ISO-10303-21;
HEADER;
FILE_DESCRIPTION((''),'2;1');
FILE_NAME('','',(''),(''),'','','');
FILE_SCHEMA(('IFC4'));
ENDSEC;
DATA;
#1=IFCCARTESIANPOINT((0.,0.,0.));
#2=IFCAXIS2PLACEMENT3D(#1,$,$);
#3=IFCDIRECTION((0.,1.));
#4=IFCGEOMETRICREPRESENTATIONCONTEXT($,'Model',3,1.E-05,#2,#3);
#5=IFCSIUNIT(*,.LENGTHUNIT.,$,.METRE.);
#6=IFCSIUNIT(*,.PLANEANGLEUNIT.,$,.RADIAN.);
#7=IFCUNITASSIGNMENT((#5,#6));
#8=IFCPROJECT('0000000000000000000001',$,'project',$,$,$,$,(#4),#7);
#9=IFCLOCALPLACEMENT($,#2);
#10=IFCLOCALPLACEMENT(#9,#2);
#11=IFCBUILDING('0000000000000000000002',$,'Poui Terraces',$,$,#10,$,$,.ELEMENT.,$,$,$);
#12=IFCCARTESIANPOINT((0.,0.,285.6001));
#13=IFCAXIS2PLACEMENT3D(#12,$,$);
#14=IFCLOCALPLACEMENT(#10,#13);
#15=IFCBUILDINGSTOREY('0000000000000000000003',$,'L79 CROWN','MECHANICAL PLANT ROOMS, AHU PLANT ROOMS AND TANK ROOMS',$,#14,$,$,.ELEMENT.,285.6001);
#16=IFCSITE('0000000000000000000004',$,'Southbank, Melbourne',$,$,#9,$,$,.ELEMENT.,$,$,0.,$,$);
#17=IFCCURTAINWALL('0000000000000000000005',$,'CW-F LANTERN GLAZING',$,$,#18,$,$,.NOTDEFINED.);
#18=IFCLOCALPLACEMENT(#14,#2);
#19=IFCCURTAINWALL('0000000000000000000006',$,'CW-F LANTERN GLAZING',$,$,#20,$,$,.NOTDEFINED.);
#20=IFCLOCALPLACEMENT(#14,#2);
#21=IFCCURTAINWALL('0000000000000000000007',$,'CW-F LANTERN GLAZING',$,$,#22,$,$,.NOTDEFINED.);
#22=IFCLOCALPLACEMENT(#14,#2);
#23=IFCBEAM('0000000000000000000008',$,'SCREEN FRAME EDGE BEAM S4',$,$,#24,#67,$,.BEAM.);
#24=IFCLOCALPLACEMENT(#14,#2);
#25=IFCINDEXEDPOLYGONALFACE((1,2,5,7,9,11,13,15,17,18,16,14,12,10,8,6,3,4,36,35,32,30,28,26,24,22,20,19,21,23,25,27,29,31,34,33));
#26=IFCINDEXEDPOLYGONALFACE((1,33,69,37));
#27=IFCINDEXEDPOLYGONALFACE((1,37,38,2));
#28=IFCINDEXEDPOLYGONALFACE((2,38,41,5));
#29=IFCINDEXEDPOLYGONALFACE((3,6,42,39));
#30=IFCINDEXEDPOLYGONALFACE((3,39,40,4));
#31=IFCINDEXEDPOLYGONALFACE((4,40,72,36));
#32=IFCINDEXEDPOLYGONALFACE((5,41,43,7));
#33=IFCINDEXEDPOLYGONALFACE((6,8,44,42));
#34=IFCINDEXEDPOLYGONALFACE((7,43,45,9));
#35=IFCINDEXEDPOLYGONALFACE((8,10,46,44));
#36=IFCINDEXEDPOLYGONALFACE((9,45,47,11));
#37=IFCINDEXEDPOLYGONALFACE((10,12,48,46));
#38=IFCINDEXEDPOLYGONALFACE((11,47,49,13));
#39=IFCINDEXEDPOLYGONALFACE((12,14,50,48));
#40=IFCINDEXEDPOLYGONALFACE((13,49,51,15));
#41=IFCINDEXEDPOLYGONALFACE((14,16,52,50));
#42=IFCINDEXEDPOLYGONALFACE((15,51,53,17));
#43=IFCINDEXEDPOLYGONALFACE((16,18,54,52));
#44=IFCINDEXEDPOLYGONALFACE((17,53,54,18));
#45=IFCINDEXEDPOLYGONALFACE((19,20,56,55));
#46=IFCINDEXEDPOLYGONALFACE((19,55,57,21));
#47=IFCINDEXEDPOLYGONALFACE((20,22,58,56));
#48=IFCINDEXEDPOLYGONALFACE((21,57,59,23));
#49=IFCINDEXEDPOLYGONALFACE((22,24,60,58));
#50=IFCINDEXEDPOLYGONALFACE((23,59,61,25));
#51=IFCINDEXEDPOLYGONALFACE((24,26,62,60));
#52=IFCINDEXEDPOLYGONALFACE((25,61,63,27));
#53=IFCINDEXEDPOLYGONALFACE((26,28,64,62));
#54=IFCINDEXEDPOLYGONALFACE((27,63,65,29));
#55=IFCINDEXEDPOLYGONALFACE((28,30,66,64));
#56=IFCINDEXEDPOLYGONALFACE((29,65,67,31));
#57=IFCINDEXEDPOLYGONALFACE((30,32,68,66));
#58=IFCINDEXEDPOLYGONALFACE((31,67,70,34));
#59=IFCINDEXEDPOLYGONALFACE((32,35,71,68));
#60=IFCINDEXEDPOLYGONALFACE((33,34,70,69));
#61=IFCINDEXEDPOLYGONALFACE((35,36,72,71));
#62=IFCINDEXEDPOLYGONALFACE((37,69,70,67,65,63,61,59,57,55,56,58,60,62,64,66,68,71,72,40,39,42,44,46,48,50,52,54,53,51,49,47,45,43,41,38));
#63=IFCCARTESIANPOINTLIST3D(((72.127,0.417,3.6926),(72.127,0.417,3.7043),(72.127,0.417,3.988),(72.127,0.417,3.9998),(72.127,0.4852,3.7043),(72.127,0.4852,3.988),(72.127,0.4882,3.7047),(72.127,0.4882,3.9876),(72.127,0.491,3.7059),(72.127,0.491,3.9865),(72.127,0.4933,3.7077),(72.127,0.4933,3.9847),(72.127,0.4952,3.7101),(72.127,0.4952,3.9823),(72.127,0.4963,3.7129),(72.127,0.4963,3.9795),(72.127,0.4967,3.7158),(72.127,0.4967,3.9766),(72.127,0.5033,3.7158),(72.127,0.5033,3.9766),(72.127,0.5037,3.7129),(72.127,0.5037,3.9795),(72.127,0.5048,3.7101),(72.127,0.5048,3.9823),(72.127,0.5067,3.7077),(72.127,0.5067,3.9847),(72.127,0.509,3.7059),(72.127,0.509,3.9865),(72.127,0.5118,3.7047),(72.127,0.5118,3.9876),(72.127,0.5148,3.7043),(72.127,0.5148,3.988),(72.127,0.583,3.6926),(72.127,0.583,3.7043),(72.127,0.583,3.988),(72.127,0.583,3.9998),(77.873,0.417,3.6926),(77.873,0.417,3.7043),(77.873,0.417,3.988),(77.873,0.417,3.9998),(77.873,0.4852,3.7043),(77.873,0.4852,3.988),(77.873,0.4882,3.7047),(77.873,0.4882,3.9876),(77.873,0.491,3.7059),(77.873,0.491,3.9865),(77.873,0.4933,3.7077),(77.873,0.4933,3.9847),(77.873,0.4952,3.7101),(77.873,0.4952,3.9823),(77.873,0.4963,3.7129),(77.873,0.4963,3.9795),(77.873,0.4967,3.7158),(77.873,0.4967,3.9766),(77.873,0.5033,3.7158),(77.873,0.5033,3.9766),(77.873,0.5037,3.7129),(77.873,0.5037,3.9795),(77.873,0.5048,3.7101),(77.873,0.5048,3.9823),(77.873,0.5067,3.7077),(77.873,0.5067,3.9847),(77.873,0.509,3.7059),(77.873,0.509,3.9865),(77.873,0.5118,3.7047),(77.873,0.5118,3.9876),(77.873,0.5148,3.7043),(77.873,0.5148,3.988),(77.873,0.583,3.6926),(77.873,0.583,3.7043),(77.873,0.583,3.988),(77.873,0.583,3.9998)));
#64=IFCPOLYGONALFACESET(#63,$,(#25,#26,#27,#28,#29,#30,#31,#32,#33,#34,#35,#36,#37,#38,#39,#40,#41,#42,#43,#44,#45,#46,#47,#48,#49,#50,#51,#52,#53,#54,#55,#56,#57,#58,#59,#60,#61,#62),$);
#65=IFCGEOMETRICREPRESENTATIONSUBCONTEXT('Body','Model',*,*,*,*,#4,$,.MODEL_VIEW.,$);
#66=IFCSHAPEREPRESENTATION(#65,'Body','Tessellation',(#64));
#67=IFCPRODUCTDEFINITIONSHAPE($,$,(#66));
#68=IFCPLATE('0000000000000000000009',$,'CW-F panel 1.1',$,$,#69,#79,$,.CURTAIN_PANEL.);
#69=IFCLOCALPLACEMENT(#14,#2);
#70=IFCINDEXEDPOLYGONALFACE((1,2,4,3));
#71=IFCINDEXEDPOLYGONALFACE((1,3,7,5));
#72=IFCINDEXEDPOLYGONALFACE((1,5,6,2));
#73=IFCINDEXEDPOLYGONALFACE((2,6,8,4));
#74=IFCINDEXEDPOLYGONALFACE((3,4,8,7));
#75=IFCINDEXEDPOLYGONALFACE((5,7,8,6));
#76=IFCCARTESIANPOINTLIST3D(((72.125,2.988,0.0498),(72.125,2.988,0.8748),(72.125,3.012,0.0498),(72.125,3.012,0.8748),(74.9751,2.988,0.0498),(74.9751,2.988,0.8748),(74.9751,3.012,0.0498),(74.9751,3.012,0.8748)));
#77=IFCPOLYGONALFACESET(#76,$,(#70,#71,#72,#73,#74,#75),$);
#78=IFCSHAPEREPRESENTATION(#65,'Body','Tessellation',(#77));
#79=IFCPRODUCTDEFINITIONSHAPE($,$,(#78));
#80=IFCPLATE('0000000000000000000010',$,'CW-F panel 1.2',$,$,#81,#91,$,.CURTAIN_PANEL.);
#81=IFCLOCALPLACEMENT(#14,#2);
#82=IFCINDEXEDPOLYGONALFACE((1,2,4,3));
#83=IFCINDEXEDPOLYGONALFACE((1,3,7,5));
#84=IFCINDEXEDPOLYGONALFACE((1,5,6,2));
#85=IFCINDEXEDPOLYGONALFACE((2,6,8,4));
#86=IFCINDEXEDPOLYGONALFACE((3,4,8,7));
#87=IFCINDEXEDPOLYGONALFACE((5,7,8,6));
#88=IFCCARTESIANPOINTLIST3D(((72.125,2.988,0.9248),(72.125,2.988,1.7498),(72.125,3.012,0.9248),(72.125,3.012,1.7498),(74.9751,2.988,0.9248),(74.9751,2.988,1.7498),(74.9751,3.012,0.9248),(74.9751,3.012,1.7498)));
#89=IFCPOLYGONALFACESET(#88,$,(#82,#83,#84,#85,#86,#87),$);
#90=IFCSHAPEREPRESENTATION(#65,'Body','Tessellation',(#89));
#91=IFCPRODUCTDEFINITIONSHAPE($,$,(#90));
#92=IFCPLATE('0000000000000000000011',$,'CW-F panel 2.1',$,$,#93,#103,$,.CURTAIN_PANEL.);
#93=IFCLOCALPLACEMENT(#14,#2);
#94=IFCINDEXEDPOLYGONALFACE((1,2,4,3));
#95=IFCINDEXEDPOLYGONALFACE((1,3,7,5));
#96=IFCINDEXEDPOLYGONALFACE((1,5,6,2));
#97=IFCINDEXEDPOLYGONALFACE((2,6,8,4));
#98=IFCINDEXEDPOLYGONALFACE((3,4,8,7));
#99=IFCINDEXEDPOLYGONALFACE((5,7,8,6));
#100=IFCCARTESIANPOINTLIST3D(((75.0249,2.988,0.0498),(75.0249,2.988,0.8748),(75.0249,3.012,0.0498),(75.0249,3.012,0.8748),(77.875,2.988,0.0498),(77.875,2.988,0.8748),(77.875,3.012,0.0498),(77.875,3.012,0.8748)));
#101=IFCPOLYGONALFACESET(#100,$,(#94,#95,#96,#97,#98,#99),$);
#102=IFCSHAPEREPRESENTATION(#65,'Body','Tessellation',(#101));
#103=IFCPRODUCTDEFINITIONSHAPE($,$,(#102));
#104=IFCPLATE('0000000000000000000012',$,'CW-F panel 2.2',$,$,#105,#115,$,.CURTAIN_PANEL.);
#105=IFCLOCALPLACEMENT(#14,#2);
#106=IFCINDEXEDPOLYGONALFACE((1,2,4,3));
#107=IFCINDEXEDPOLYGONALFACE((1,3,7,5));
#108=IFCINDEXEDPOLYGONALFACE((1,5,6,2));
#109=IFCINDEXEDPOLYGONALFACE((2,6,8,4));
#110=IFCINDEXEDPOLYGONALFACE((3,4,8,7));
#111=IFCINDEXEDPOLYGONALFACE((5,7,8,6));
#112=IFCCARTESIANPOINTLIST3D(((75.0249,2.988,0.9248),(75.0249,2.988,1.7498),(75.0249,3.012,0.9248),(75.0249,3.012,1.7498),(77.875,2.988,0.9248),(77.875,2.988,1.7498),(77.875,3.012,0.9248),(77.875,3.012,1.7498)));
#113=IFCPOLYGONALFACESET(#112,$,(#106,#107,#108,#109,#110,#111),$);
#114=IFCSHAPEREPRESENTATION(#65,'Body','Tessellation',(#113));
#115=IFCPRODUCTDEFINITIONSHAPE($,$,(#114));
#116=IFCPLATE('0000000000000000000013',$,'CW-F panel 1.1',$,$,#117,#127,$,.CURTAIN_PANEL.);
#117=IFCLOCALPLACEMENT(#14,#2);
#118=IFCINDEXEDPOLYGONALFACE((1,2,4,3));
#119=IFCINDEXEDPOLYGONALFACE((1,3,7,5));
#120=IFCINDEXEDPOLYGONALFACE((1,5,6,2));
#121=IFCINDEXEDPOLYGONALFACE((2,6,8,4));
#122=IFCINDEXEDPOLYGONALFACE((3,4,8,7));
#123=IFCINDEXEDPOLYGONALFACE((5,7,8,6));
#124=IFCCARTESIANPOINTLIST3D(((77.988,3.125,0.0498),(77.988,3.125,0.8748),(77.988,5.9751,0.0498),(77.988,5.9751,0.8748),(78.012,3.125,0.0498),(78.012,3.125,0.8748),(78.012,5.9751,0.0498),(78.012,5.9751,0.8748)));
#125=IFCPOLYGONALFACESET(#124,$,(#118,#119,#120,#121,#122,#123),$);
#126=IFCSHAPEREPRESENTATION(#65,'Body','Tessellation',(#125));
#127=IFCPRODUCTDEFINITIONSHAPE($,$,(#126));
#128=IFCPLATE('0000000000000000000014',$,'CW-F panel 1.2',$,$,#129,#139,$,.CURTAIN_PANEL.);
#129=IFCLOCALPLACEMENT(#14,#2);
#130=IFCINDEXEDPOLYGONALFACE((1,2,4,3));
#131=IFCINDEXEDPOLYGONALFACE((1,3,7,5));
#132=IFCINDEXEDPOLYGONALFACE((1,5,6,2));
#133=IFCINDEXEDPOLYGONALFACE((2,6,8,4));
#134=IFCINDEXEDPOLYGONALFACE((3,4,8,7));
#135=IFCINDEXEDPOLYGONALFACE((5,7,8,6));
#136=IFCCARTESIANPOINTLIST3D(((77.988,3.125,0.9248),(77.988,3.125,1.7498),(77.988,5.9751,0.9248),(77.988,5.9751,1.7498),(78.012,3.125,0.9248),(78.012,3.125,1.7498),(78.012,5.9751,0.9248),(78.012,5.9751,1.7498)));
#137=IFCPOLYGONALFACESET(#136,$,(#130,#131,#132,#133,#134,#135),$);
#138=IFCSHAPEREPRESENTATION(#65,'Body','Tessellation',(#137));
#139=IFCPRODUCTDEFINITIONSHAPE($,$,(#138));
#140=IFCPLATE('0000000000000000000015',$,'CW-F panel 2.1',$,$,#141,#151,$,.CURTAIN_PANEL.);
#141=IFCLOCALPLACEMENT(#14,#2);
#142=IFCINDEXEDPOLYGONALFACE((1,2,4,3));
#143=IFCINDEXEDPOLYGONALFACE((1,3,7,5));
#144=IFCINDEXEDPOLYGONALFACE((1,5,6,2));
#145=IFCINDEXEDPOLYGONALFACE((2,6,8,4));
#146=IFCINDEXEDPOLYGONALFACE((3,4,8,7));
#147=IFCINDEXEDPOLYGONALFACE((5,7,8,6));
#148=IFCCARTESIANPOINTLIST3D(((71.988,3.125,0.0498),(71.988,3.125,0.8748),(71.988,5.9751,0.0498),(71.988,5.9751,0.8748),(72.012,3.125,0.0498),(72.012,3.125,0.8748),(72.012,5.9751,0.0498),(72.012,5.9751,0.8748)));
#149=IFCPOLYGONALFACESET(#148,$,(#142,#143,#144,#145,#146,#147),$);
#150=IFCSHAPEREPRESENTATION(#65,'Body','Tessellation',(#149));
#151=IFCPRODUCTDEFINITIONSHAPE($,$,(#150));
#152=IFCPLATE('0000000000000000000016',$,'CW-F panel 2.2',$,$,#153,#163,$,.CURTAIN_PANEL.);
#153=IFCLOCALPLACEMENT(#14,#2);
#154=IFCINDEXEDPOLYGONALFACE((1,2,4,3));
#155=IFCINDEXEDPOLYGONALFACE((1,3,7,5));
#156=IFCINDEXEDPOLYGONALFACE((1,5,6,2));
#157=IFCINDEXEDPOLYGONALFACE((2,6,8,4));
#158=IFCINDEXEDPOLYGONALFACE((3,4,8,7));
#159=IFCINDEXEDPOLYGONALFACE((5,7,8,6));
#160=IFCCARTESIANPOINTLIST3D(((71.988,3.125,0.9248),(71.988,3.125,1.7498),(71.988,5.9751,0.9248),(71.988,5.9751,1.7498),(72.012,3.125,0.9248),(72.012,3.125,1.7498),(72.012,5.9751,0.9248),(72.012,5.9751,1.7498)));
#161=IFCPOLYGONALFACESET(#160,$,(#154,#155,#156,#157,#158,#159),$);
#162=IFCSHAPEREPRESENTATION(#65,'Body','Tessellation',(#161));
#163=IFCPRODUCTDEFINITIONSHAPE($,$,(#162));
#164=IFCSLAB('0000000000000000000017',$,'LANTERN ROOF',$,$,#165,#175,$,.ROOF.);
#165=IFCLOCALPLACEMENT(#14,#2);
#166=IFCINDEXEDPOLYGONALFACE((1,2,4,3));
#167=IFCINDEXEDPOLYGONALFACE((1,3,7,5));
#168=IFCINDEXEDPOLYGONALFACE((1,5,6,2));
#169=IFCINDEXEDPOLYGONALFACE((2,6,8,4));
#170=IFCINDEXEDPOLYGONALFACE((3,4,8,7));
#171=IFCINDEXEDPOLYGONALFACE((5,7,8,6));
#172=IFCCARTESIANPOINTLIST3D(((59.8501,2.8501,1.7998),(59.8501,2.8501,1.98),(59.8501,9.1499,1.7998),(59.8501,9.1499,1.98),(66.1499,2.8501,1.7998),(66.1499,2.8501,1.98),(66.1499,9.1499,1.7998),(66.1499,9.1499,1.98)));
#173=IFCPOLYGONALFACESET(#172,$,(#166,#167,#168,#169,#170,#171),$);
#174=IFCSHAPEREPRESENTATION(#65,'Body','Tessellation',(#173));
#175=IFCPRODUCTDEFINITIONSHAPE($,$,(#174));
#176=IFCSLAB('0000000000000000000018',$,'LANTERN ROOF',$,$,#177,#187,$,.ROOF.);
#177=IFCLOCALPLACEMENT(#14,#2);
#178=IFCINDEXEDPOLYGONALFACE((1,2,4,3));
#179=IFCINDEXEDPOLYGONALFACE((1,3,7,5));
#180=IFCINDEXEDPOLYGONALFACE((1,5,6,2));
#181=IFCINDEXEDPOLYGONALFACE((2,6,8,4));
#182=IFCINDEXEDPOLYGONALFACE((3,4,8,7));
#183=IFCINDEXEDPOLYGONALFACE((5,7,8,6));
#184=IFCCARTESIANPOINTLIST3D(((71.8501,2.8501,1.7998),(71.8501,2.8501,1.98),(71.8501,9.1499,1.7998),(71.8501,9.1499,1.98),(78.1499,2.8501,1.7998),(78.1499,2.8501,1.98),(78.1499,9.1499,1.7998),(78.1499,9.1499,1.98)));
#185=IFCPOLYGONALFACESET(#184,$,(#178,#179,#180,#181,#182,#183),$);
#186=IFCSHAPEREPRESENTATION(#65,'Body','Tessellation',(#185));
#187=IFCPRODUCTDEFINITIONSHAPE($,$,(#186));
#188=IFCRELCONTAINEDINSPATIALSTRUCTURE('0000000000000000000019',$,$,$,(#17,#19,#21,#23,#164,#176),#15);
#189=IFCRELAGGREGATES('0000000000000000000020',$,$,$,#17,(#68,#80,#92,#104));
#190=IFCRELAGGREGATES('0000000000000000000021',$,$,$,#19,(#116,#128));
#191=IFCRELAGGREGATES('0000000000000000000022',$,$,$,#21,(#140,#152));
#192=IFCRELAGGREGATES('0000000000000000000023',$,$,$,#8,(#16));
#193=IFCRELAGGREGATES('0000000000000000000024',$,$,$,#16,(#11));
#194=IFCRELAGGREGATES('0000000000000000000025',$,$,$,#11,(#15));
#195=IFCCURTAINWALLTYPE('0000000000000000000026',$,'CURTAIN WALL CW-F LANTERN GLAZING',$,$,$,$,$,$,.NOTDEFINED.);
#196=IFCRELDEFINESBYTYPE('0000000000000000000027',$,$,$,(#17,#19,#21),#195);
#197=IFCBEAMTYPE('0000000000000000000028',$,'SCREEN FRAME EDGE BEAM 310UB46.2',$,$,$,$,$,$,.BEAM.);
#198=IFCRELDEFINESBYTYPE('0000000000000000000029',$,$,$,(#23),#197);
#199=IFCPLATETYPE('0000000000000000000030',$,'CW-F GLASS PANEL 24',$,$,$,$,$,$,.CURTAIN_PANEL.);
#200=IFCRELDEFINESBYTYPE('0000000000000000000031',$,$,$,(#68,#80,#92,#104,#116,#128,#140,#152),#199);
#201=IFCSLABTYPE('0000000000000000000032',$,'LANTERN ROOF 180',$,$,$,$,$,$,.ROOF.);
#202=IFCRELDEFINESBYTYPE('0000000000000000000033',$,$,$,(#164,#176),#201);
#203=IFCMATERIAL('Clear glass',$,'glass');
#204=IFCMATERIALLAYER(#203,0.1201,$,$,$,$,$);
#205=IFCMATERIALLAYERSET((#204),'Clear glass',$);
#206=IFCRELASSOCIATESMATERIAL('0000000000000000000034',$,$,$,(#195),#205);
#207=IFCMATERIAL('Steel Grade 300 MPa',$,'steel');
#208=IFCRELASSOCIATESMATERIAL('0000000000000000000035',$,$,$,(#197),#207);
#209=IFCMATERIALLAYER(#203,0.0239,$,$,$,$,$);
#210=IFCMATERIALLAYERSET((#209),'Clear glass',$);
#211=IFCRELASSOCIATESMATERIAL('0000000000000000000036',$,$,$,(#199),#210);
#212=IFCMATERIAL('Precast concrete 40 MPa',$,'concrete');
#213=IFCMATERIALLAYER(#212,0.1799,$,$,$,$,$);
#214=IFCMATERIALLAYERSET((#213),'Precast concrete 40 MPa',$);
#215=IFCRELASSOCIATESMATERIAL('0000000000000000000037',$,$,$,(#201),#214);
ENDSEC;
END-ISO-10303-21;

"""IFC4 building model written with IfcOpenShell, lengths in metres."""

from ifc_helpers import new_model, si_unit, direction, frame, origin, origin_2d, place, context, subcontext, project, spatial, polyline, rectangle, i_section, outline, extrude, source, transform, mapped, material, layer, layer_set, material_profile, profile_set, type_object, element, aggregate, save


model = new_model("IFC4")

# Units and contexts
model_context = context("Model", 3, precision=1e-05, world=origin(), true_north=direction((0.0, 1.0)))
body_context = subcontext(model_context, "Body", "Model", "MODEL_VIEW")
ifc_project = project(units=[si_unit("LENGTHUNIT", "METRE"), si_unit("PLANEANGLEUNIT", "RADIAN")], contexts=[model_context])

# Site, building, storey
site_placement = place(None, origin())
site = spatial("IfcSite", under=ifc_project, at=site_placement, Name="Southbank, Melbourne", CompositionType="ELEMENT", RefElevation=0.0)
building_placement = place(site_placement, origin())
building = spatial("IfcBuilding", under=site, at=building_placement, Name="Poui Terraces", CompositionType="ELEMENT")
storey_placement = place(building_placement, frame((0.0, 0.0, 285.6001)))
storey = spatial("IfcBuildingStorey", under=building, at=storey_placement, Name="L79 CROWN", Description="MECHANICAL PLANT ROOMS, AHU PLANT ROOMS AND TANK ROOMS", CompositionType="ELEMENT", Elevation=285.6001)

# Shared definitions
ifc_material_1 = material(Name="Steel Grade 300 MPa", Category="steel")

# Curtain wall
ifc_material_2 = material(Name="Clear glass", Category="glass")
ifc_layer_1 = layer(ifc_material_2, 0.1201)
ifc_layer_set_1 = layer_set([ifc_layer_1], Name="Clear glass")
curtain_wall_type = type_object("IfcCurtainWallType", Name="CURTAIN WALL CW-F LANTERN GLAZING", PredefinedType="NOTDEFINED", material=ifc_layer_set_1)
curtain_wall_1_placement = place(storey_placement, origin())
curtain_wall_1 = element("IfcCurtainWall", 1, at=curtain_wall_1_placement, inside=storey, type_object=curtain_wall_type, Name="CW-F LANTERN GLAZING", PredefinedType="NOTDEFINED")

# Curtain walls
curtain_wall_2_placement = place(storey_placement, origin())
curtain_wall_2 = element("IfcCurtainWall", 2, at=curtain_wall_2_placement, inside=storey, type_object=curtain_wall_type, Name="CW-F LANTERN GLAZING", PredefinedType="NOTDEFINED")
curtain_wall_3_placement = place(storey_placement, origin())
curtain_wall_3 = element("IfcCurtainWall", 3, at=curtain_wall_3_placement, inside=storey, type_object=curtain_wall_type, Name="CW-F LANTERN GLAZING", PredefinedType="NOTDEFINED")

# Beam
ifc_material_profile_1 = material_profile(ifc_material_1, i_section(OverallWidth=0.166, OverallDepth=0.3071, WebThickness=0.0066, FlangeThickness=0.0117, FilletRadius=0.0115, at=origin_2d()), Name="310UB46.2")
ifc_profile_set_1 = profile_set([ifc_material_profile_1], Name="Steel Grade 300 MPa")
beam_type = type_object("IfcBeamType", Name="SCREEN FRAME EDGE BEAM 310UB46.2", PredefinedType="BEAM", material=ifc_profile_set_1)
shared_shape_1 = source(origin(), body_context, "Body", "SweptSolid", [
    extrude(i_section(OverallWidth=0.166, OverallDepth=0.3071, WebThickness=0.0066, FlangeThickness=0.0117, FilletRadius=0.0115, at=origin_2d()), origin(), (0.0, 0.0, 1.0), 5.7461),
])
beam_placement = place(storey_placement, frame((72.127, 0.5, 3.8462), z_axis=(1.0, 0.0, 0.0), x_axis=(0.0, 1.0, 0.0)))
element("IfcBeam", 4, at=beam_placement, inside=storey, type_object=beam_type, Name="SCREEN FRAME EDGE BEAM S4", PredefinedType="BEAM", context=body_context, shape_type="MappedRepresentation", body=[
    mapped(shared_shape_1, transform((0.0, 0.0, 0.0))),
])

# Plates
ifc_layer_2 = layer(ifc_material_2, 0.0239)
ifc_layer_set_2 = layer_set([ifc_layer_2], Name="Clear glass")
plate_type = type_object("IfcPlateType", Name="CW-F GLASS PANEL 24", PredefinedType="CURTAIN_PANEL", material=ifc_layer_set_2)
plate_1_placement = place(storey_placement, frame((73.55, 3.0, 0.0498), z_axis=(0.0, 0.0, 1.0), x_axis=(1.0, 0.0, 0.0)))
plate_1 = element("IfcPlate", 5, at=plate_1_placement, type_object=plate_type, Name="CW-F panel 1.1", PredefinedType="CURTAIN_PANEL", context=body_context, shape_type="SweptSolid", body=[
    extrude(rectangle(XDim=2.8501, YDim=0.0239, at=origin_2d()), origin(), (0.0, 0.0, 1.0), 0.825),
])
plate_2_placement = place(storey_placement, frame((73.55, 3.0, 0.9248), z_axis=(0.0, 0.0, 1.0), x_axis=(1.0, 0.0, 0.0)))
plate_2 = element("IfcPlate", 6, at=plate_2_placement, type_object=plate_type, Name="CW-F panel 1.2", PredefinedType="CURTAIN_PANEL", context=body_context, shape_type="SweptSolid", body=[
    extrude(rectangle(XDim=2.8501, YDim=0.0239, at=origin_2d()), origin(), (0.0, 0.0, 1.0), 0.825),
])
plate_3_placement = place(storey_placement, frame((76.45, 3.0, 0.0498), z_axis=(0.0, 0.0, 1.0), x_axis=(1.0, 0.0, 0.0)))
plate_3 = element("IfcPlate", 7, at=plate_3_placement, type_object=plate_type, Name="CW-F panel 2.1", PredefinedType="CURTAIN_PANEL", context=body_context, shape_type="SweptSolid", body=[
    extrude(rectangle(XDim=2.8501, YDim=0.0239, at=origin_2d()), origin(), (0.0, 0.0, 1.0), 0.825),
])
plate_4_placement = place(storey_placement, frame((76.45, 3.0, 0.9248), z_axis=(0.0, 0.0, 1.0), x_axis=(1.0, 0.0, 0.0)))
plate_4 = element("IfcPlate", 8, at=plate_4_placement, type_object=plate_type, Name="CW-F panel 2.2", PredefinedType="CURTAIN_PANEL", context=body_context, shape_type="SweptSolid", body=[
    extrude(rectangle(XDim=2.8501, YDim=0.0239, at=origin_2d()), origin(), (0.0, 0.0, 1.0), 0.825),
])
aggregate(curtain_wall_1, [plate_1, plate_2, plate_3, plate_4])
plate_5_placement = place(storey_placement, frame((78.0, 4.55, 0.0498), z_axis=(0.0, 0.0, 1.0), x_axis=(0.0, 1.0, 0.0)))
plate_5 = element("IfcPlate", 9, at=plate_5_placement, type_object=plate_type, Name="CW-F panel 1.1", PredefinedType="CURTAIN_PANEL", context=body_context, shape_type="SweptSolid", body=[
    extrude(rectangle(XDim=2.8501, YDim=0.0239, at=origin_2d()), origin(), (0.0, 0.0, 1.0), 0.825),
])
plate_6_placement = place(storey_placement, frame((78.0, 4.55, 0.9248), z_axis=(0.0, 0.0, 1.0), x_axis=(0.0, 1.0, 0.0)))
plate_6 = element("IfcPlate", 10, at=plate_6_placement, type_object=plate_type, Name="CW-F panel 1.2", PredefinedType="CURTAIN_PANEL", context=body_context, shape_type="SweptSolid", body=[
    extrude(rectangle(XDim=2.8501, YDim=0.0239, at=origin_2d()), origin(), (0.0, 0.0, 1.0), 0.825),
])
aggregate(curtain_wall_2, [plate_5, plate_6])
plate_7_placement = place(storey_placement, frame((72.0, 4.55, 0.0498), z_axis=(0.0, 0.0, 1.0), x_axis=(0.0, -1.0, 0.0)))
plate_7 = element("IfcPlate", 11, at=plate_7_placement, type_object=plate_type, Name="CW-F panel 2.1", PredefinedType="CURTAIN_PANEL", context=body_context, shape_type="SweptSolid", body=[
    extrude(rectangle(XDim=2.8501, YDim=0.0239, at=origin_2d()), origin(), (0.0, 0.0, 1.0), 0.825),
])
plate_8_placement = place(storey_placement, frame((72.0, 4.55, 0.9248), z_axis=(0.0, 0.0, 1.0), x_axis=(0.0, -1.0, 0.0)))
plate_8 = element("IfcPlate", 12, at=plate_8_placement, type_object=plate_type, Name="CW-F panel 2.2", PredefinedType="CURTAIN_PANEL", context=body_context, shape_type="SweptSolid", body=[
    extrude(rectangle(XDim=2.8501, YDim=0.0239, at=origin_2d()), origin(), (0.0, 0.0, 1.0), 0.825),
])
aggregate(curtain_wall_3, [plate_7, plate_8])

# Slabs
ifc_material_3 = material(Name="Precast concrete 40 MPa", Category="concrete")
ifc_layer_3 = layer(ifc_material_3, 0.1799)
ifc_layer_set_3 = layer_set([ifc_layer_3], Name="Precast concrete 40 MPa")
slab_type = type_object("IfcSlabType", Name="LANTERN ROOF 180", PredefinedType="ROOF", material=ifc_layer_set_3)
shared_shape_2 = source(origin(), body_context, "Body", "SweptSolid", [
    extrude(outline(polyline([(0.0, 0.0), (0.0, 6.2998), (-6.2998, 6.2998), (-6.2998, 0.0), (0.0, 0.0)])), origin(), (0.0, 0.0, 1.0), 0.1802),
])
for number, where, name in (
    (13, (66.1499, 2.8501, 1.7998), "LANTERN ROOF"),
    (14, (78.1499, 2.8501, 1.7998), "LANTERN ROOF"),
):
    element("IfcSlab", number, at=place(storey_placement, frame(where)), inside=storey, type_object=slab_type, Name=name, PredefinedType="ROOF", context=body_context, shape_type="MappedRepresentation", body=[
        mapped(shared_shape_2, transform((0.0, 0.0, 0.0))),
    ])

save(model, "model.ifc")
